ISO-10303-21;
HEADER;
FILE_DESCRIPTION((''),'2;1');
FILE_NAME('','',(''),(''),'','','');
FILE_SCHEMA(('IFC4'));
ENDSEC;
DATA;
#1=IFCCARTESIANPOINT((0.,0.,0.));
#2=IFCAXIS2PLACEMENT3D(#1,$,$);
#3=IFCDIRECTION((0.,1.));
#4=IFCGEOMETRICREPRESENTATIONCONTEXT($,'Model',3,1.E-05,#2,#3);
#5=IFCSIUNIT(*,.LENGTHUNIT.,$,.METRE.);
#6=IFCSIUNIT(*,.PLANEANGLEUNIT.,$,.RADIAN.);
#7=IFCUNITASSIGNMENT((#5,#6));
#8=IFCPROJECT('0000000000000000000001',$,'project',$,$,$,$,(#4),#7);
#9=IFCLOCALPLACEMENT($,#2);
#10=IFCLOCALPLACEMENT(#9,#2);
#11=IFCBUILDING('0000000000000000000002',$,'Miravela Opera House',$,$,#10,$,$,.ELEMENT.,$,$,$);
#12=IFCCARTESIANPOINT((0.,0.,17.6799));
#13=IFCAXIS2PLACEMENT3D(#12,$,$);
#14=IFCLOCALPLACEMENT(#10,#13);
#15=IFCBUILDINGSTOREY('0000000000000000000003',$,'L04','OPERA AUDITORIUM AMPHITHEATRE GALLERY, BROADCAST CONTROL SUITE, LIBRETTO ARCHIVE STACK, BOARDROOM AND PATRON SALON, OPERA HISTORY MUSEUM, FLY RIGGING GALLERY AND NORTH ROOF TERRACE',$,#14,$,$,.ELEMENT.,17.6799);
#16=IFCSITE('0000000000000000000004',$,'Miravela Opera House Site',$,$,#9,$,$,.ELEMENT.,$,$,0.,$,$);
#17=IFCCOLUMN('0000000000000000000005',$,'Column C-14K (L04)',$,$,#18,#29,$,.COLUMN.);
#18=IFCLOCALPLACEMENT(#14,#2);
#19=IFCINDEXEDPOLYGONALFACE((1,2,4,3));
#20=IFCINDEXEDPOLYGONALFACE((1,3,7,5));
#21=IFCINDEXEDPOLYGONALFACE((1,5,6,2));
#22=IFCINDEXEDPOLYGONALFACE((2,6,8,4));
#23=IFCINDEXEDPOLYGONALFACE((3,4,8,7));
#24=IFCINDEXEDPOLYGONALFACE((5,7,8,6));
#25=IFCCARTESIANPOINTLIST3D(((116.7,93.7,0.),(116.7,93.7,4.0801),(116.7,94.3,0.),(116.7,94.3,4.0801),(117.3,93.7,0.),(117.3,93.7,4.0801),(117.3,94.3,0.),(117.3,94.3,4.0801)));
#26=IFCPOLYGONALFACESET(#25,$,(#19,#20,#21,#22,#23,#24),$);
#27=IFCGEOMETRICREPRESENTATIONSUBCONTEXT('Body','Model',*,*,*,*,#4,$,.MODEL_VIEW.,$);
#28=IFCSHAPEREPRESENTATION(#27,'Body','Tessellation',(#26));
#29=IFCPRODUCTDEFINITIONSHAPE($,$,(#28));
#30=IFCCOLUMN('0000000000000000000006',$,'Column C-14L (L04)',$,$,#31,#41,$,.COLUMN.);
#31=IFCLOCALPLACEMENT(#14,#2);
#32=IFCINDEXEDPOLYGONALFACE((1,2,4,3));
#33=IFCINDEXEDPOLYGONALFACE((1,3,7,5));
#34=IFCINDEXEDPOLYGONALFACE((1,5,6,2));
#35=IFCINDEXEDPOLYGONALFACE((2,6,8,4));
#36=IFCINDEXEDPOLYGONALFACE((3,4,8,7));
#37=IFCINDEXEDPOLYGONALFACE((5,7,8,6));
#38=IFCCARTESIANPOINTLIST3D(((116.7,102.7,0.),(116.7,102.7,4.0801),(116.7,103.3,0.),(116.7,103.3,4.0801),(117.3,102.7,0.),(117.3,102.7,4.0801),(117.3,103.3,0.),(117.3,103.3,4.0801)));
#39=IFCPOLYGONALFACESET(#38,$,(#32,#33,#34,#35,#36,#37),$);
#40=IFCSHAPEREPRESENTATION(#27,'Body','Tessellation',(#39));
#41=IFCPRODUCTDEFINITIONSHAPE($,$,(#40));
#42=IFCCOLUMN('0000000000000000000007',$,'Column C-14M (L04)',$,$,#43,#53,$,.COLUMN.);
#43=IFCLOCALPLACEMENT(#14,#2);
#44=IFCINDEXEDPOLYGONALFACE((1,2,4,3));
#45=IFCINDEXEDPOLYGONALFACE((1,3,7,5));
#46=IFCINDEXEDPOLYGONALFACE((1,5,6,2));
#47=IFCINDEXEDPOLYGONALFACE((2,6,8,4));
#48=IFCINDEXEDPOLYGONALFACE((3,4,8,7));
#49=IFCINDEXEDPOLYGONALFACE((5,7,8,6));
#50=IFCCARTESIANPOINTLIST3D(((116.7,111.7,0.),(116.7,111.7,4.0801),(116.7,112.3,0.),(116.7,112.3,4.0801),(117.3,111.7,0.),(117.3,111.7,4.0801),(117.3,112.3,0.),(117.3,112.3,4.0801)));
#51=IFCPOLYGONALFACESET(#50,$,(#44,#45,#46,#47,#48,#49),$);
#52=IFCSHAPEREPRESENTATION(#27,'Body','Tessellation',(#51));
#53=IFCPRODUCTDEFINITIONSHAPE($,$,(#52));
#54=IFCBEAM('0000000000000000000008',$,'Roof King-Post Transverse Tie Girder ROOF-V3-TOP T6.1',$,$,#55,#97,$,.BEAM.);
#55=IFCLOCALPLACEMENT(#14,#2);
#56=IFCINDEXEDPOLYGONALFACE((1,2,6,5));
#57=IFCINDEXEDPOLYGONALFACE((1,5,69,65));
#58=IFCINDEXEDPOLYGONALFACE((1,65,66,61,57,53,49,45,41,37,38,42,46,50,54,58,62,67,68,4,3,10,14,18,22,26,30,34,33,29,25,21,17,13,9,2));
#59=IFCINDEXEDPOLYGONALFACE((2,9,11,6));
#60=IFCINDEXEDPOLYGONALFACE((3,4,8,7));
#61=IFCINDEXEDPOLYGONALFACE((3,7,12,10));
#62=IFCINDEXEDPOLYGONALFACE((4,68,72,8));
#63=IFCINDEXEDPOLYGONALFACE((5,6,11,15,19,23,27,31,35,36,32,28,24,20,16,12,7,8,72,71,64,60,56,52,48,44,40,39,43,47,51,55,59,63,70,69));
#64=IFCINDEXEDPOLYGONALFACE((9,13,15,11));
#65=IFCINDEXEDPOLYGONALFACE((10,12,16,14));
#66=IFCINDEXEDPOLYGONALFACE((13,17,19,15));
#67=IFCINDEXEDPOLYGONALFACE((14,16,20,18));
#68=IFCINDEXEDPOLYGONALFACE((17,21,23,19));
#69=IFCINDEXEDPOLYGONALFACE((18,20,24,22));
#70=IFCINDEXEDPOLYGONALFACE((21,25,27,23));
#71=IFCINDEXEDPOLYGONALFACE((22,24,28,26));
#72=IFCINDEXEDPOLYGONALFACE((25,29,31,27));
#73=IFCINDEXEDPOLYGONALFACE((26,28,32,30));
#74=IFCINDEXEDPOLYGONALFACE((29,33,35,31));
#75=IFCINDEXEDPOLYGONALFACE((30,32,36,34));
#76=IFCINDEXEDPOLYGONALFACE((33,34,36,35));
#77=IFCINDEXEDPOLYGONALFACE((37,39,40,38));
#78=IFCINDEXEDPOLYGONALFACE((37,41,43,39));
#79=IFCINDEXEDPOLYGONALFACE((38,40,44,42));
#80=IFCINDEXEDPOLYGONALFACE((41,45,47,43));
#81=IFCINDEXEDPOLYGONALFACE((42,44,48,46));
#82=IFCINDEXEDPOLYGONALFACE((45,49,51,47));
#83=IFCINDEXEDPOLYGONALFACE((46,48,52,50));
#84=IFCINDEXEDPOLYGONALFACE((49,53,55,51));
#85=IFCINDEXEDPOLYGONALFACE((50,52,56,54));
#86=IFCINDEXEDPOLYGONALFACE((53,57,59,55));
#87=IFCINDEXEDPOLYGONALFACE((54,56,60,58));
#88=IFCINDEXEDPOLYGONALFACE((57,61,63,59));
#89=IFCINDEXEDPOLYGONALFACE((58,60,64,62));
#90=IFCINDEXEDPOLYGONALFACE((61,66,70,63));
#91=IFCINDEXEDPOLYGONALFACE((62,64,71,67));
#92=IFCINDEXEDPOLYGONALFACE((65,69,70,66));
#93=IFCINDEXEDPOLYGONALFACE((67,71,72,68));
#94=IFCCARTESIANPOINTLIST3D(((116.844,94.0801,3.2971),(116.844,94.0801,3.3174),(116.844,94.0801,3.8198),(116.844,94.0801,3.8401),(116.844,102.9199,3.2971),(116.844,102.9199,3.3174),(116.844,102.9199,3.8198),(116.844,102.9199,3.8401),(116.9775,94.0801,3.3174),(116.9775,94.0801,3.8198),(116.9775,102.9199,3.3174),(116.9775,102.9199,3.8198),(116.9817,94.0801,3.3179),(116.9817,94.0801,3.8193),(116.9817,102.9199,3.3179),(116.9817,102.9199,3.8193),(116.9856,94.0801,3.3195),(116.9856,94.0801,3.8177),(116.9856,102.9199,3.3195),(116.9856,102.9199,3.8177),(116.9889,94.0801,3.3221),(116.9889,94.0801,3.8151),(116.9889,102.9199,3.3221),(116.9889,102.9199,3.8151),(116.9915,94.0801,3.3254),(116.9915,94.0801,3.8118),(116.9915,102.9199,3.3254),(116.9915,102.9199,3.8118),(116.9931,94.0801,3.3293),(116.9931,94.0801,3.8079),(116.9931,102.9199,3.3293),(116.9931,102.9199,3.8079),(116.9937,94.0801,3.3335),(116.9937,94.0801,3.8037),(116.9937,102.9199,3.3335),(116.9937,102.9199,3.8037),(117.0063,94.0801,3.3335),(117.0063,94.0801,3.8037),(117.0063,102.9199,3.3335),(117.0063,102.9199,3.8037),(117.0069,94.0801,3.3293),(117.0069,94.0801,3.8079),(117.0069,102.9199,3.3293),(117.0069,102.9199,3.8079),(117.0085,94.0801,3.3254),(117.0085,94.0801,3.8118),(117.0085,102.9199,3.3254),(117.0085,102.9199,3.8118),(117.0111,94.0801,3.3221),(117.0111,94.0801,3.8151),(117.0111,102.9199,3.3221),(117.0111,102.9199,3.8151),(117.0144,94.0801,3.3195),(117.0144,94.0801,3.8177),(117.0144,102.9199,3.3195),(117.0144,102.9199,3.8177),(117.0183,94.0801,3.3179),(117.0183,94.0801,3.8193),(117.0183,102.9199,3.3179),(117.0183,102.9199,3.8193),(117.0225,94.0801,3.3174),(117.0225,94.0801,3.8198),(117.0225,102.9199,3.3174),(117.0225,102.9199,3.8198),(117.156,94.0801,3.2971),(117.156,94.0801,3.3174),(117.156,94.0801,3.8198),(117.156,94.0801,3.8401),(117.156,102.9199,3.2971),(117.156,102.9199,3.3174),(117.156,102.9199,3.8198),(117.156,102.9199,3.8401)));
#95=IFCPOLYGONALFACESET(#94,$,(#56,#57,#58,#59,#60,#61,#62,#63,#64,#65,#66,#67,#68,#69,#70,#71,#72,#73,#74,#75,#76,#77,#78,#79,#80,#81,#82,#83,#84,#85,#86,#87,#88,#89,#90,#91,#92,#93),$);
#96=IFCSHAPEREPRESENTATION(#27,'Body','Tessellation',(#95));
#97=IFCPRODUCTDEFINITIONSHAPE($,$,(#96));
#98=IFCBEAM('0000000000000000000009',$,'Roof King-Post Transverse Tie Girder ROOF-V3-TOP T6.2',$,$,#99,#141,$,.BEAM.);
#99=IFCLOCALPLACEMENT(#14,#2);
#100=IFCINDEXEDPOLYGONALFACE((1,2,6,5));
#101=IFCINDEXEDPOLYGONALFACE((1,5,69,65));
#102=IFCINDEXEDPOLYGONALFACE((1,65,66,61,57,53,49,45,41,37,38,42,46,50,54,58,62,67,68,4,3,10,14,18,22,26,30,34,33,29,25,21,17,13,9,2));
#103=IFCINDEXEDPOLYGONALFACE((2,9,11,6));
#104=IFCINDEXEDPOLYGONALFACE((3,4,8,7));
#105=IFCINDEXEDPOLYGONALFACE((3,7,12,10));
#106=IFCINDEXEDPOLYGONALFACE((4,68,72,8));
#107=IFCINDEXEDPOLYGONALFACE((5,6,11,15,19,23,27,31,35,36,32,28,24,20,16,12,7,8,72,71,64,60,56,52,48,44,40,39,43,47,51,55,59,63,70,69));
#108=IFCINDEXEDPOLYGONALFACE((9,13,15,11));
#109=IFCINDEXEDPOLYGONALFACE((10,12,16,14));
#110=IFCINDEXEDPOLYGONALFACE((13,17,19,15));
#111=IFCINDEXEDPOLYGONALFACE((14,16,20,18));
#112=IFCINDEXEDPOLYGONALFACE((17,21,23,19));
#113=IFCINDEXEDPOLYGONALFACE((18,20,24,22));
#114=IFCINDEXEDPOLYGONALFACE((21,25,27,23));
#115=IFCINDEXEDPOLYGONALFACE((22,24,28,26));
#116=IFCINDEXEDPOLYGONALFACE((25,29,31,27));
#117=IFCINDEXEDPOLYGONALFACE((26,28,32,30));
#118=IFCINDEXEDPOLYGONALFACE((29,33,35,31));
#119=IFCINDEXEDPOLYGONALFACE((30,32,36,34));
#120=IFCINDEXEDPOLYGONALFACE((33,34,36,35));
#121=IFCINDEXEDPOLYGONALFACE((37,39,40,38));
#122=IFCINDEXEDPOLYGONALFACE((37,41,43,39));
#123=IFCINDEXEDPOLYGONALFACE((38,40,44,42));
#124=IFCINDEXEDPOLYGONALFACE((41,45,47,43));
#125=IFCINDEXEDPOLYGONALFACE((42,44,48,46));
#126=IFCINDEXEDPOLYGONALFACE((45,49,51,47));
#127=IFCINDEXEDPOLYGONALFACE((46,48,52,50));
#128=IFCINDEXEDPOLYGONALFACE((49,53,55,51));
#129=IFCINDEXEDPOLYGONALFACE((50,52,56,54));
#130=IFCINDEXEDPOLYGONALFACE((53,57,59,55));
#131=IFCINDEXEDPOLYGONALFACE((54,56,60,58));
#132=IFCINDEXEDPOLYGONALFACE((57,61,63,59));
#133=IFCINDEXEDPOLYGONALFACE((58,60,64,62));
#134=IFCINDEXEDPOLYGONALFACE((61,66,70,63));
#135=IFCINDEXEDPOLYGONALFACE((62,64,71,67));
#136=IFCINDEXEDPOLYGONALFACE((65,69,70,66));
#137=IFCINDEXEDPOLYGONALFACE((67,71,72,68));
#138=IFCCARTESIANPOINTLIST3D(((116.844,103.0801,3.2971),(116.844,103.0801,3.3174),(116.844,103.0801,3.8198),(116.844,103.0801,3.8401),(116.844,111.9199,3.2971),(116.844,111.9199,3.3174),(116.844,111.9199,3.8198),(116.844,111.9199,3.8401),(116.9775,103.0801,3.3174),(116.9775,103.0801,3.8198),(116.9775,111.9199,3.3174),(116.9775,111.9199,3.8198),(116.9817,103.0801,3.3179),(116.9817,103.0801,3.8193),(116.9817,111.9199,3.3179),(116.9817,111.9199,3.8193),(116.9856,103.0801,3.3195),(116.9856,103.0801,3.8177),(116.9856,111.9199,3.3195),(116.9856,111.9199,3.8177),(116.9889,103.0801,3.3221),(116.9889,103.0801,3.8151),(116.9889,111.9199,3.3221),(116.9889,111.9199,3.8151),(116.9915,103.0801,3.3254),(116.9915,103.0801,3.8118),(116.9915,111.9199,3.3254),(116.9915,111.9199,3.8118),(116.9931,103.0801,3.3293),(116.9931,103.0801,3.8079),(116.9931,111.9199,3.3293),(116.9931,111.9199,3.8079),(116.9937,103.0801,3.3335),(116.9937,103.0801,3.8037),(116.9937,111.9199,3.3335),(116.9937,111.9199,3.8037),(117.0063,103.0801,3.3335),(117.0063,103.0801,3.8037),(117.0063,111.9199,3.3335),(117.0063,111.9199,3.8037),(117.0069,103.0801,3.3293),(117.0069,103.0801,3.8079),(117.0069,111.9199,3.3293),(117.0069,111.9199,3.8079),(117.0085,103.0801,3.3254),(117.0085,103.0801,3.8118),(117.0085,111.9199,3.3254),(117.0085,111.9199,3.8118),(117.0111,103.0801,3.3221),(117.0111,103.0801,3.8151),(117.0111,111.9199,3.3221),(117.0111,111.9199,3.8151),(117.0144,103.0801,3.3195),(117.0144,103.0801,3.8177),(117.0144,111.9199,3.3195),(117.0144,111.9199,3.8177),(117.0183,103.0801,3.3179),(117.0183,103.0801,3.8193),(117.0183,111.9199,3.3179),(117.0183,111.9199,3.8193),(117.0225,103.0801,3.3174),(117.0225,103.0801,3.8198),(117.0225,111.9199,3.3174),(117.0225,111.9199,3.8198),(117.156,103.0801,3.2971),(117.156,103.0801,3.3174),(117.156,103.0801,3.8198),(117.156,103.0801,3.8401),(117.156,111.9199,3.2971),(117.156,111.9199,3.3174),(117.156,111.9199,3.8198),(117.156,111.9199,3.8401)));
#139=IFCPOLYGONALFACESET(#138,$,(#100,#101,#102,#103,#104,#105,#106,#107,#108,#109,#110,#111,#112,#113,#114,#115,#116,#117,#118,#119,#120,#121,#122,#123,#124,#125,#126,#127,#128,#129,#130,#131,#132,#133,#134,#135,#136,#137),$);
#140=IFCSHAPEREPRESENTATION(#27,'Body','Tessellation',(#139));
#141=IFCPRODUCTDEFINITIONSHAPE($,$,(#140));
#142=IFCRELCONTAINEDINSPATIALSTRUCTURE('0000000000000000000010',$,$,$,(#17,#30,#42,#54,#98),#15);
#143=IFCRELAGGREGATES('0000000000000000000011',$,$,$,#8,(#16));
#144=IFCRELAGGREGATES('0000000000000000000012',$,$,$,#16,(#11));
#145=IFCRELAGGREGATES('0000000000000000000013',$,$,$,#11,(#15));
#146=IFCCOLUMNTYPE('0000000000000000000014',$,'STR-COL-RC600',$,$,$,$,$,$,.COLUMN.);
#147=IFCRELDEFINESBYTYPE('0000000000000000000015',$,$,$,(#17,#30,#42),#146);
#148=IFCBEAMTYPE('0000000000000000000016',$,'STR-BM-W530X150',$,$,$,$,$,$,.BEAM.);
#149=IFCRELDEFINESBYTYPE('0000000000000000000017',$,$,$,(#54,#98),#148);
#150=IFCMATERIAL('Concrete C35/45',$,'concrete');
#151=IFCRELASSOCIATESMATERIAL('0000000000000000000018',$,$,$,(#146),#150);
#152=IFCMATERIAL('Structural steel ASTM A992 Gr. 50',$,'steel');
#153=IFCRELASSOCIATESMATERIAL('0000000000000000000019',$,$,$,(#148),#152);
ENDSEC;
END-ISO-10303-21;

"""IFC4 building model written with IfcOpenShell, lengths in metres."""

from ifc_helpers import new_model, si_unit, direction, frame, origin, origin_2d, place, context, subcontext, project, spatial, rectangle, i_section, extrude, material, material_profile, profile_set, type_object, element, save


model = new_model("IFC4")

# Units and contexts
model_context = context("Model", 3, precision=1e-05, world=origin(), true_north=direction((0.0, 1.0)))
body_context = subcontext(model_context, "Body", "Model", "MODEL_VIEW")
ifc_project = project(units=[si_unit("LENGTHUNIT", "METRE"), si_unit("PLANEANGLEUNIT", "RADIAN")], contexts=[model_context])

# Site, building, storey
site_placement = place(None, origin())
site = spatial("IfcSite", under=ifc_project, at=site_placement, Name="Miravela Opera House Site", CompositionType="ELEMENT", RefElevation=0.0)
building_placement = place(site_placement, origin())
building = spatial("IfcBuilding", under=site, at=building_placement, Name="Miravela Opera House", CompositionType="ELEMENT")
storey_placement = place(building_placement, frame((0.0, 0.0, 17.6799)))
storey = spatial("IfcBuildingStorey", under=building, at=storey_placement, Name="L04", Description="OPERA AUDITORIUM AMPHITHEATRE GALLERY, BROADCAST CONTROL SUITE, LIBRETTO ARCHIVE STACK, BOARDROOM AND PATRON SALON, OPERA HISTORY MUSEUM, FLY RIGGING GALLERY AND NORTH ROOF TERRACE", CompositionType="ELEMENT", Elevation=17.6799)

# Columns
ifc_material_1 = material(Name="Concrete C35/45", Category="concrete")
ifc_material_profile_1 = material_profile(ifc_material_1, rectangle(XDim=0.6001, YDim=0.6001, at=origin_2d()), Name="RC-COL-600X600")
ifc_profile_set_1 = profile_set([ifc_material_profile_1])
column_type = type_object("IfcColumnType", Name="STR-COL-RC600", PredefinedType="COLUMN", material=ifc_profile_set_1)
for number, where, z_axis, x_axis, name in (
    (1, (117.0, 94.0, 0.0), (0.0, 0.0, 1.0), (1.0, 0.0, 0.0), "Column C-14K (L04)"),
    (2, (117.0, 103.0, 0.0), (0.0, 0.0, 1.0), (1.0, 0.0, 0.0), "Column C-14L (L04)"),
    (3, (117.0, 112.0, 0.0), (0.0, 0.0, 1.0), (1.0, 0.0, 0.0), "Column C-14M (L04)"),
):
    element("IfcColumn", number, at=place(storey_placement, frame(where, z_axis=z_axis, x_axis=x_axis)), inside=storey, type_object=column_type, Name=name, PredefinedType="COLUMN", context=body_context, shape_type="SweptSolid", body=[
        extrude(rectangle(XDim=0.6001, YDim=0.6001, at=origin_2d()), origin(), (0.0, 0.0, 1.0), 4.0801),
    ])

# Beams
ifc_material_2 = material(Name="Structural steel ASTM A992 Gr. 50", Category="steel")
ifc_material_profile_2 = material_profile(ifc_material_2, i_section(OverallWidth=0.312, OverallDepth=0.543, WebThickness=0.0127, FlangeThickness=0.0203, FilletRadius=0.0161, at=origin_2d()), Name="W530X150")
ifc_profile_set_2 = profile_set([ifc_material_profile_2])
beam_type = type_object("IfcBeamType", Name="STR-BM-W530X150", PredefinedType="BEAM", material=ifc_profile_set_2)
for number, where, z_axis, x_axis, name in (
    (4, (117.0, 94.0801, 3.5686), (0.0, 1.0, 0.0), (-1.0, 0.0, 0.0), "Roof King-Post Transverse Tie Girder ROOF-V3-TOP T6.1"),
    (5, (117.0, 103.0801, 3.5686), (0.0, 1.0, 0.0), (-1.0, 0.0, 0.0), "Roof King-Post Transverse Tie Girder ROOF-V3-TOP T6.2"),
):
    element("IfcBeam", number, at=place(storey_placement, frame(where, z_axis=z_axis, x_axis=x_axis)), inside=storey, type_object=beam_type, Name=name, PredefinedType="BEAM", context=body_context, shape_type="SweptSolid", body=[
        extrude(i_section(OverallWidth=0.312, OverallDepth=0.543, WebThickness=0.0127, FlangeThickness=0.0203, FilletRadius=0.0161, at=origin_2d()), origin(), (0.0, 0.0, 1.0), 8.8398),
    ])

save(model, "model.ifc")
